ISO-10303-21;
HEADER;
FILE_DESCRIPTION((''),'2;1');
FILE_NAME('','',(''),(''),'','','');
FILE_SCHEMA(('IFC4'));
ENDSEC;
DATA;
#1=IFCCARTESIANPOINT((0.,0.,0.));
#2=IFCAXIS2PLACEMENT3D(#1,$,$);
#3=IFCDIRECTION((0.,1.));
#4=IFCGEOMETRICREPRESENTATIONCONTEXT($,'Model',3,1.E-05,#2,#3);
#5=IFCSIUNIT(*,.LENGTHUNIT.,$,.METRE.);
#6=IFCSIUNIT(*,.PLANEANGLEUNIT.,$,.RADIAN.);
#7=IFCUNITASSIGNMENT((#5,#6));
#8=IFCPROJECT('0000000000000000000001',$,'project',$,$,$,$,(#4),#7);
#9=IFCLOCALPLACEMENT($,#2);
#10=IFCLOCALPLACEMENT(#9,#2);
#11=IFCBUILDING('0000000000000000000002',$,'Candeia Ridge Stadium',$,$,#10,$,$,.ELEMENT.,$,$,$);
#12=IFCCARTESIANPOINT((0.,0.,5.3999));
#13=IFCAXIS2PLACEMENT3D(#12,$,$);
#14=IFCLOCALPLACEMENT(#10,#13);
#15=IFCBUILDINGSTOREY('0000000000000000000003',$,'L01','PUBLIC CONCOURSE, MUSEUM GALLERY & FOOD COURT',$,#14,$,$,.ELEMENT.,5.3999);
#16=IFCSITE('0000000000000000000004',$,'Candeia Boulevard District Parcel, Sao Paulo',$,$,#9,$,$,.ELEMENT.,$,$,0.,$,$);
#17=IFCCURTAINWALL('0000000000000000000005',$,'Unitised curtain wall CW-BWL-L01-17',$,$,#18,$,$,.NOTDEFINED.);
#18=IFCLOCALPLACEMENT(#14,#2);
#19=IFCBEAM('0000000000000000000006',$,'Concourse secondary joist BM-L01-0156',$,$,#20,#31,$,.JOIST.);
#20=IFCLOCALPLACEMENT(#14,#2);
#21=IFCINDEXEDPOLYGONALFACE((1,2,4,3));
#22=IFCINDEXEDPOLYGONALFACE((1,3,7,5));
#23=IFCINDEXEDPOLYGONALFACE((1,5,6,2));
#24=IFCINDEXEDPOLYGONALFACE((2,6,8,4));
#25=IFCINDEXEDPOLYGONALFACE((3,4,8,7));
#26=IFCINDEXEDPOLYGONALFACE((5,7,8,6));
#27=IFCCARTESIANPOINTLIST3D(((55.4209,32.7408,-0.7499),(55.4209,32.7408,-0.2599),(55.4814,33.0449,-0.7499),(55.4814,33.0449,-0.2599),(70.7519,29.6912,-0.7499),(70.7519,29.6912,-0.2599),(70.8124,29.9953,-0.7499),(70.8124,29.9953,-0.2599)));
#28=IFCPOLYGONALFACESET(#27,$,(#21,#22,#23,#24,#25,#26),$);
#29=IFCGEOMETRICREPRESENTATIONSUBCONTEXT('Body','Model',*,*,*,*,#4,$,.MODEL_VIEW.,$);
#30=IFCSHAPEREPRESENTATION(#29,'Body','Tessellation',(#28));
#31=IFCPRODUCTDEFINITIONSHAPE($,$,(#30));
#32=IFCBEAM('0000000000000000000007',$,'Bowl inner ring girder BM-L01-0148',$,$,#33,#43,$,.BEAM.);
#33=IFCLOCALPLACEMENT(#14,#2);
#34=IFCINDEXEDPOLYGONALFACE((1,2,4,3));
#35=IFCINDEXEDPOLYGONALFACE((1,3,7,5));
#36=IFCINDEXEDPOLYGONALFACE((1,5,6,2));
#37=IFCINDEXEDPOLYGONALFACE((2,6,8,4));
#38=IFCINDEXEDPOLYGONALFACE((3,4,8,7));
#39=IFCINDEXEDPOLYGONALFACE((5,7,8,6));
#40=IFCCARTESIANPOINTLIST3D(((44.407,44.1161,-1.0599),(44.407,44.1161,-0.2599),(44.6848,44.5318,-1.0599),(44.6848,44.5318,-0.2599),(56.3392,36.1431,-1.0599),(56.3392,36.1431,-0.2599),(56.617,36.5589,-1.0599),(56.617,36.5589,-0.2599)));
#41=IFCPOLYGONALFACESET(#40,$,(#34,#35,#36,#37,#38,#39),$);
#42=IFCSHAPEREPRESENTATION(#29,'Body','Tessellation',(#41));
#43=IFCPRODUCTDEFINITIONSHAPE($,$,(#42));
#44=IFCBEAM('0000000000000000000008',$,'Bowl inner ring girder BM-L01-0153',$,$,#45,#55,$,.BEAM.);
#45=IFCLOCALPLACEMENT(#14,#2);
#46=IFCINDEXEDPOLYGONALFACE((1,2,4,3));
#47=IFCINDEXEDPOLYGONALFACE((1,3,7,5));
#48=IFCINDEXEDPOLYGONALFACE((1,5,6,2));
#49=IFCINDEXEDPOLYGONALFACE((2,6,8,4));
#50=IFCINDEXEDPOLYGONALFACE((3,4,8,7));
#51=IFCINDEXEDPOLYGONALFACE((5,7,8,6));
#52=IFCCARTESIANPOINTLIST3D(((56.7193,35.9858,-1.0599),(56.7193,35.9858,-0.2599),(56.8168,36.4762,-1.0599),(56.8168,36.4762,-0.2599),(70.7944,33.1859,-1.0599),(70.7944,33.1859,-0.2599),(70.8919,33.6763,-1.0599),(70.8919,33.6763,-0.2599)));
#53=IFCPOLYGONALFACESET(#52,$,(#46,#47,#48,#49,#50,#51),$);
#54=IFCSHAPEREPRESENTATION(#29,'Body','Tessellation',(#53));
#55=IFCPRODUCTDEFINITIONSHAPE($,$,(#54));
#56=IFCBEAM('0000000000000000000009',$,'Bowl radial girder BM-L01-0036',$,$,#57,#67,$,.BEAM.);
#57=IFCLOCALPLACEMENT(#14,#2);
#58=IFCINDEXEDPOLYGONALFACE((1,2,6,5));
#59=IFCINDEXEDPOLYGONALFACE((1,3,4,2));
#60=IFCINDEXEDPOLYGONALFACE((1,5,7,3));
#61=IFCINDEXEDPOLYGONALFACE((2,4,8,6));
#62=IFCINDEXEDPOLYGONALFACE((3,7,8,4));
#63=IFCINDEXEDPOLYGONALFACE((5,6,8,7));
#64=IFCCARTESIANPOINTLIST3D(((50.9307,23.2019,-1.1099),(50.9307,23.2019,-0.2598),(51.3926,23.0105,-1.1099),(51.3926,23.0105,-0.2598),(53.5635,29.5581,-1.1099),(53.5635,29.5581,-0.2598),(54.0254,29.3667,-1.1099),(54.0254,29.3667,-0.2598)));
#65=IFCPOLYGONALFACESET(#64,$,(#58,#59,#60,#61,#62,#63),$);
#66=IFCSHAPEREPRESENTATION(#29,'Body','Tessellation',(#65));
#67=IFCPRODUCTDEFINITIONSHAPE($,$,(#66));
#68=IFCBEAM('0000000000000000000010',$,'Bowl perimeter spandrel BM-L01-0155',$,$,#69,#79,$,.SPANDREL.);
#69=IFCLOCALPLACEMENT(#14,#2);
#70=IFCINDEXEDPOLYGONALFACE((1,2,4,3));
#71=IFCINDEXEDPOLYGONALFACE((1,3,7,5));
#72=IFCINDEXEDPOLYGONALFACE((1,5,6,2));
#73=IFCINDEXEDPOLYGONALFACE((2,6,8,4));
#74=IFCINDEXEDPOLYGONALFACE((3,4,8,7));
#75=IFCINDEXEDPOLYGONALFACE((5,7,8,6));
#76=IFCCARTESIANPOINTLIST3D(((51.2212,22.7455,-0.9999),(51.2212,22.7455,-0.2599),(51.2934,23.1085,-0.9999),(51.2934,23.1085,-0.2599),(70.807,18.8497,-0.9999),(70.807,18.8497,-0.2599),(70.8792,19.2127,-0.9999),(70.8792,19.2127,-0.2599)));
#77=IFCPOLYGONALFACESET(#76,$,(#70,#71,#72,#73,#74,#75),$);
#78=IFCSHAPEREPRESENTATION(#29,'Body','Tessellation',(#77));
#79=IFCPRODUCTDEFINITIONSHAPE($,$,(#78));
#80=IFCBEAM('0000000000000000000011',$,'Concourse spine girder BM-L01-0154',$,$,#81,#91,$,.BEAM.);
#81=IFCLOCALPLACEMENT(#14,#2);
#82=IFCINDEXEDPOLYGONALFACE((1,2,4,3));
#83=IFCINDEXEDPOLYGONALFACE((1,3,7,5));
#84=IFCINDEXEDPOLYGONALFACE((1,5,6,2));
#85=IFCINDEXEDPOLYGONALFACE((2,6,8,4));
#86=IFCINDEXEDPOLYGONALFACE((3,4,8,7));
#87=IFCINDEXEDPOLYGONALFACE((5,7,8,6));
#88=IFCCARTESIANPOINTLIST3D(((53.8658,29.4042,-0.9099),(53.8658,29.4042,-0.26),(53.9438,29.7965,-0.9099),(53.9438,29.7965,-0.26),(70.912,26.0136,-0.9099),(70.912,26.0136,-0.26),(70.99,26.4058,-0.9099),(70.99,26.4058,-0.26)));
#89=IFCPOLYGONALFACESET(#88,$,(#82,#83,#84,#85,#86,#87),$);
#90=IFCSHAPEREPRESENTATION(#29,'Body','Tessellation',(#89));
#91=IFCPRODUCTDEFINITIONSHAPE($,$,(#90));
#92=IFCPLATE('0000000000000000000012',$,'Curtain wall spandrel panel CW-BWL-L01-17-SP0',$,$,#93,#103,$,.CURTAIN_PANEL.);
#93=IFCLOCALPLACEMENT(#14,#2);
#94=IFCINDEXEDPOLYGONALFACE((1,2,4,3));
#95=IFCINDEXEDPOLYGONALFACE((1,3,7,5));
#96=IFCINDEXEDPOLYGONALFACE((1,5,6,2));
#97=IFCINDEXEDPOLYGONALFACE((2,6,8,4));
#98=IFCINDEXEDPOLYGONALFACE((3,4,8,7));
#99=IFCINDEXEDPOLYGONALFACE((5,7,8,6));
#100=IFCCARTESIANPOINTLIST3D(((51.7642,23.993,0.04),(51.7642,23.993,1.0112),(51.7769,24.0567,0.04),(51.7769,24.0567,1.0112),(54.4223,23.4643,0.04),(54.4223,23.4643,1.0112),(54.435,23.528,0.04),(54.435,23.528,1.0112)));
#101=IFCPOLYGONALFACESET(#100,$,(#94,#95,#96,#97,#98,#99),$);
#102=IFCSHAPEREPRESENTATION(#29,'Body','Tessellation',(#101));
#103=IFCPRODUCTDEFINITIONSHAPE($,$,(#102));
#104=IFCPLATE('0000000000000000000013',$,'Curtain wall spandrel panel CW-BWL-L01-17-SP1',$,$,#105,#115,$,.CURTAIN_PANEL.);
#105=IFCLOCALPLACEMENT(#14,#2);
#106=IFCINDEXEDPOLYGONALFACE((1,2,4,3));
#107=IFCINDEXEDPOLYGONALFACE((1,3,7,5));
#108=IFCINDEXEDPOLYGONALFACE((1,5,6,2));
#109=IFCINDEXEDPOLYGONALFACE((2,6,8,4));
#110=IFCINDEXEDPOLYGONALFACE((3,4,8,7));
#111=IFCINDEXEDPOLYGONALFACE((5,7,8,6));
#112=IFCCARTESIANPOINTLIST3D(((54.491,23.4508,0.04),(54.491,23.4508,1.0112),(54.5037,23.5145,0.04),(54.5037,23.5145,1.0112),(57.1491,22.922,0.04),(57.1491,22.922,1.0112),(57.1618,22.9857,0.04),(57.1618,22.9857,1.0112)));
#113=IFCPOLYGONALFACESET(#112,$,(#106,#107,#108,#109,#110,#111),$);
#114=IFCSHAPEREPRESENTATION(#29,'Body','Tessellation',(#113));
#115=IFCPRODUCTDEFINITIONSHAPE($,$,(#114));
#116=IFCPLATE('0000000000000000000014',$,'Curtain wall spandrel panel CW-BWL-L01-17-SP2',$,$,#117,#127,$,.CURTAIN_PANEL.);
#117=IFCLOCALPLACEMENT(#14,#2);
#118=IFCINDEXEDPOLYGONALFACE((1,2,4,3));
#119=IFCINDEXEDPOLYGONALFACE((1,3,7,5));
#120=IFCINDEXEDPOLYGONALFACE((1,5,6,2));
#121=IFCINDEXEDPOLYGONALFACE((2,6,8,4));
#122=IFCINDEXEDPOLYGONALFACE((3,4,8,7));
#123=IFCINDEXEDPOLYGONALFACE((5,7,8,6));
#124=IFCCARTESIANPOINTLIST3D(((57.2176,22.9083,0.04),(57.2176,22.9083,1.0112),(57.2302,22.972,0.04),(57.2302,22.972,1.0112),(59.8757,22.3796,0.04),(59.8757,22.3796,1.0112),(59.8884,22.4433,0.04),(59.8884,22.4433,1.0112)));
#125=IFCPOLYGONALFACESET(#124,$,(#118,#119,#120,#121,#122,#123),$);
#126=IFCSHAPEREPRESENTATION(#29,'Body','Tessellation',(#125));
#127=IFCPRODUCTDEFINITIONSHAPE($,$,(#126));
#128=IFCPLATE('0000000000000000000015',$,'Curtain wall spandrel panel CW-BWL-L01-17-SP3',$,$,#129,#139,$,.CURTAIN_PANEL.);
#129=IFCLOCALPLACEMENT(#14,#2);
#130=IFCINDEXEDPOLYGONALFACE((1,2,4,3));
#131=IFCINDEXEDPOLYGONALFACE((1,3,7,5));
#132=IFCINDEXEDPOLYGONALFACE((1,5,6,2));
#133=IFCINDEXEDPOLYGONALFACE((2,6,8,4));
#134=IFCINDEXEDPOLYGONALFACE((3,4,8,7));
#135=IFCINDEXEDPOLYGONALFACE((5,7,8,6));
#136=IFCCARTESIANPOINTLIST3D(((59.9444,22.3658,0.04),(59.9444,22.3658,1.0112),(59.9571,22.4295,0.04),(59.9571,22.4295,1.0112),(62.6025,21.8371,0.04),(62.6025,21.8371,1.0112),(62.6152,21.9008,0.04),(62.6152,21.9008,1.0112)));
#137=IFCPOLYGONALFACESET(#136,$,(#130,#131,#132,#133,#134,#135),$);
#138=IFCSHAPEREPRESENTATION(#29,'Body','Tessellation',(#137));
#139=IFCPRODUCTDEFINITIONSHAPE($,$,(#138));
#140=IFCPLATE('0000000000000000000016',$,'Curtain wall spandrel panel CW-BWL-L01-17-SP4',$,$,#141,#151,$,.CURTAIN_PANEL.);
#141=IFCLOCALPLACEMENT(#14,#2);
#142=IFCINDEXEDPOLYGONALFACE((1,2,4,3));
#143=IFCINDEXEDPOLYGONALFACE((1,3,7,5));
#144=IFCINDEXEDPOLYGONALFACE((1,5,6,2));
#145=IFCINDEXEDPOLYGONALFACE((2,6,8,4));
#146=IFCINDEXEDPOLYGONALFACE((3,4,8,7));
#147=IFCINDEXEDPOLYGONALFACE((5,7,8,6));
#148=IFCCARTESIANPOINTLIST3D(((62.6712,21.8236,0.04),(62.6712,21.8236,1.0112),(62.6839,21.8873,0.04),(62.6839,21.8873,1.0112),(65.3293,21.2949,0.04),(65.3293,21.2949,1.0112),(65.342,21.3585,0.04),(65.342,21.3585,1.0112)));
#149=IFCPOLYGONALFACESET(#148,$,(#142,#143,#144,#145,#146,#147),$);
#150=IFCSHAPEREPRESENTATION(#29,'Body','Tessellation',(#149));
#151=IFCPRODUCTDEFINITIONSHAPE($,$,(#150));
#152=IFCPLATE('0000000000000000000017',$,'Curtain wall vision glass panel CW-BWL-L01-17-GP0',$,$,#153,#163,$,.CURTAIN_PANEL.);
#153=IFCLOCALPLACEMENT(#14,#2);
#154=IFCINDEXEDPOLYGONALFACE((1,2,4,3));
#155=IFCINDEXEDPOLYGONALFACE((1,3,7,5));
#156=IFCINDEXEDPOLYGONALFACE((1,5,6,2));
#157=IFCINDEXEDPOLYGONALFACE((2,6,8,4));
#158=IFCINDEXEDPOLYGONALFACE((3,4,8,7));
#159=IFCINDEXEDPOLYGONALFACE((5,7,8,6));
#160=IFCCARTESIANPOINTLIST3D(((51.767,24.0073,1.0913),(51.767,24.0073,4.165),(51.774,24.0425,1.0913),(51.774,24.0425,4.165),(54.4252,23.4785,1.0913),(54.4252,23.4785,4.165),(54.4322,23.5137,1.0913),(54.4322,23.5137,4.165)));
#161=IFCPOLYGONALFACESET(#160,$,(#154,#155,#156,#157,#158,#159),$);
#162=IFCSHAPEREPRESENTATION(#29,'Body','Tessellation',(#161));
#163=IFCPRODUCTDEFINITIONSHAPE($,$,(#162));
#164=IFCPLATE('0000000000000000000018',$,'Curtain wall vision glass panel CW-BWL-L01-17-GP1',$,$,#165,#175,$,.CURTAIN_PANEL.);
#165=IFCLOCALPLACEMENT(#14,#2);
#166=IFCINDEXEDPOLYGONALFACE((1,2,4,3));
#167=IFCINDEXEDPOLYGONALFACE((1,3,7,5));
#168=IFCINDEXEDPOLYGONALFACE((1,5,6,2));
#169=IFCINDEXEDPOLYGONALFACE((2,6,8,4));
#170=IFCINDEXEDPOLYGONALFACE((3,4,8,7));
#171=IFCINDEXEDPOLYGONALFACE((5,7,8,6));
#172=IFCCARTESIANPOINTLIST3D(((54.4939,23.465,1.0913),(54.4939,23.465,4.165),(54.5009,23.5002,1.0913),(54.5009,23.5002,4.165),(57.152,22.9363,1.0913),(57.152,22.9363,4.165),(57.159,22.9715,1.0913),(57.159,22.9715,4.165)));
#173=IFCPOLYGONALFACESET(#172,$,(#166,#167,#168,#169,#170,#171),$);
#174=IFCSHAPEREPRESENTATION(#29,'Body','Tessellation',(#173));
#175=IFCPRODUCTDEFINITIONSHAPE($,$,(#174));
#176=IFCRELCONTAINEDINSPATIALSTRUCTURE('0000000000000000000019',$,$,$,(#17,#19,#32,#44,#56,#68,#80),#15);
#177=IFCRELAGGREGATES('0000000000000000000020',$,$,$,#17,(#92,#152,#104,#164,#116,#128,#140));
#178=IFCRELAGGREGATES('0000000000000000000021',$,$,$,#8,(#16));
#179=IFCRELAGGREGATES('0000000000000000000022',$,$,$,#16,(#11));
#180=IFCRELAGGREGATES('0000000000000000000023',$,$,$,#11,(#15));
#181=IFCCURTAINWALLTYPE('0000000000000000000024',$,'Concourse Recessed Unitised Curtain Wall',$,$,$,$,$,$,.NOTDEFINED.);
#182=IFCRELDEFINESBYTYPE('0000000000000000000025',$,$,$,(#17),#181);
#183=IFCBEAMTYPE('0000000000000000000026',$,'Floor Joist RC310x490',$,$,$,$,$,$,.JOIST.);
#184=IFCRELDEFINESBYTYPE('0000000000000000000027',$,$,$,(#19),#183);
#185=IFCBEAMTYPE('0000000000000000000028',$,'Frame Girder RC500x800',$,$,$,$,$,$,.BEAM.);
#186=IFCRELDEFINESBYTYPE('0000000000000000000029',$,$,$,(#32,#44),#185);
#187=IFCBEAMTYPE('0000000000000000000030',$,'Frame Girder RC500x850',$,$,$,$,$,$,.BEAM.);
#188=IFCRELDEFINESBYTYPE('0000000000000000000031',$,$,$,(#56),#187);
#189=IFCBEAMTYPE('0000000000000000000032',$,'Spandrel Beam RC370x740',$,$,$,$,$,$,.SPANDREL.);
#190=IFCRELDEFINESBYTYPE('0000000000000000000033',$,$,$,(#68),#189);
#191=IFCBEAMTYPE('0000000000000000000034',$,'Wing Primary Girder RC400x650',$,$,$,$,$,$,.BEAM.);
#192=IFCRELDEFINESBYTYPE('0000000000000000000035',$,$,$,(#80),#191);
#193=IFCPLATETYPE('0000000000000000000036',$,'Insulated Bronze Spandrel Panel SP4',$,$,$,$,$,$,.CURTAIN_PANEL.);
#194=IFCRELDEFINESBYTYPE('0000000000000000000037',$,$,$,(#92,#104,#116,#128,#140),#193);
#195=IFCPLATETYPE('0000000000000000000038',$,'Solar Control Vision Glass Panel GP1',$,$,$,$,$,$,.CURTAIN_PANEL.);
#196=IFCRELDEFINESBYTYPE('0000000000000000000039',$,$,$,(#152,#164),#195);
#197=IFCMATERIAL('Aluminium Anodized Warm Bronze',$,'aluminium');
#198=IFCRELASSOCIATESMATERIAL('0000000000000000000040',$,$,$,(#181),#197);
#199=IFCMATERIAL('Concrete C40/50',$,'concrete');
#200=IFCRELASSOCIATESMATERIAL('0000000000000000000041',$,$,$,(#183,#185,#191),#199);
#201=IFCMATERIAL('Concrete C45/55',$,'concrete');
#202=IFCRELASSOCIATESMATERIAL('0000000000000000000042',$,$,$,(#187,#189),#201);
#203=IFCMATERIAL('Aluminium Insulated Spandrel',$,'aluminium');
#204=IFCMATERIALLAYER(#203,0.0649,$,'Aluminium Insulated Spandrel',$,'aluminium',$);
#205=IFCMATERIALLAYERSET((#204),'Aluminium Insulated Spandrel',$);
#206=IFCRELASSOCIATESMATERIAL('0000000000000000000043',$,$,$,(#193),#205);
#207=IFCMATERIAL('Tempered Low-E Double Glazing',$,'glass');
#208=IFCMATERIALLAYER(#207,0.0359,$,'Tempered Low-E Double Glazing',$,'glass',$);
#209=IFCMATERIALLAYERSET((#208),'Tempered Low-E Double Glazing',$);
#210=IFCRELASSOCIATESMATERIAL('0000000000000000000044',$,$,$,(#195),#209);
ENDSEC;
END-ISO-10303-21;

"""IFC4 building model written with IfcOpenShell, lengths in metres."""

from ifc_helpers import new_model, si_unit, direction, frame, origin, origin_2d, place, context, subcontext, project, spatial, rectangle, extrude, material, layer, layer_set, material_profile, profile_set, type_object, element, aggregate, save


model = new_model("IFC4")

# Units and contexts
model_context = context("Model", 3, precision=1e-05, world=origin(), true_north=direction((0.0, 1.0)))
body_context = subcontext(model_context, "Body", "Model", "MODEL_VIEW")
ifc_project = project(units=[si_unit("LENGTHUNIT", "METRE"), si_unit("PLANEANGLEUNIT", "RADIAN")], contexts=[model_context])

# Site, building, storey
site_placement = place(None, origin())
site = spatial("IfcSite", under=ifc_project, at=site_placement, Name="Candeia Boulevard District Parcel, Sao Paulo", CompositionType="ELEMENT", RefElevation=0.0)
building_placement = place(site_placement, origin())
building = spatial("IfcBuilding", under=site, at=building_placement, Name="Candeia Ridge Stadium", CompositionType="ELEMENT")
storey_placement = place(building_placement, frame((0.0, 0.0, 5.3999)))
storey = spatial("IfcBuildingStorey", under=building, at=storey_placement, Name="L01", Description="PUBLIC CONCOURSE, MUSEUM GALLERY & FOOD COURT", CompositionType="ELEMENT", Elevation=5.3999)

# Shared definitions
ifc_material_1 = material(Name="Concrete C40/50", Category="concrete")
ifc_material_2 = material(Name="Concrete C45/55", Category="concrete")

# Curtain wall
ifc_material_3 = material(Name="Aluminium Anodized Warm Bronze", Category="aluminium")
curtain_wall_type = type_object("IfcCurtainWallType", Name="Concourse Recessed Unitised Curtain Wall", PredefinedType="NOTDEFINED", material=ifc_material_3)
curtain_wall_placement = place(storey_placement, origin())
curtain_wall = element("IfcCurtainWall", 1, at=curtain_wall_placement, inside=storey, type_object=curtain_wall_type, Name="Unitised curtain wall CW-BWL-L01-17", PredefinedType="NOTDEFINED")

# Beams
ifc_material_profile_1 = material_profile(ifc_material_1, rectangle(XDim=0.3101, YDim=0.49, at=origin_2d()), Name="RC310x490", Category="concrete")
ifc_profile_set_1 = profile_set([ifc_material_profile_1], Name="Concrete C40/50")
beam_type_1 = type_object("IfcBeamType", Name="Floor Joist RC310x490", PredefinedType="JOIST", material=ifc_profile_set_1)
beam_1_placement = place(storey_placement, frame((55.4512, 32.8928, -0.5049), z_axis=(0.980785, -0.195092, 0.0), x_axis=(0.195092, 0.980785, 0.0)))
element("IfcBeam", 2, at=beam_1_placement, inside=storey, type_object=beam_type_1, Name="Concourse secondary joist BM-L01-0156", PredefinedType="JOIST", context=body_context, shape_type="SweptSolid", body=[
    extrude(rectangle(XDim=0.3101, YDim=0.49, at=origin_2d()), origin(), (0.0, 0.0, 1.0), 15.6313),
])
ifc_material_profile_2 = material_profile(ifc_material_1, rectangle(XDim=0.5, YDim=0.8, at=origin_2d()), Name="RC500x800", Category="concrete")
ifc_profile_set_2 = profile_set([ifc_material_profile_2], Name="Concrete C40/50")
beam_type_2 = type_object("IfcBeamType", Name="Frame Girder RC500x800", PredefinedType="BEAM", material=ifc_profile_set_2)
for number, where, z_axis, x_axis, name in (
    (3, (44.5459, 44.324, -0.6599), (0.831466, -0.555575, 0.0), (0.555575, 0.831466, 0.0), "Bowl inner ring girder BM-L01-0148"),
    (4, (56.7681, 36.231, -0.6599), (0.980784, -0.195099, 0.0), (0.195099, 0.980784, 0.0), "Bowl inner ring girder BM-L01-0153"),
):
    element("IfcBeam", number, at=place(storey_placement, frame(where, z_axis=z_axis, x_axis=x_axis)), inside=storey, type_object=beam_type_2, Name=name, PredefinedType="BEAM", context=body_context, shape_type="SweptSolid", body=[
        extrude(rectangle(XDim=0.5, YDim=0.8, at=origin_2d()), origin(), (0.0, 0.0, 1.0), 14.3508),
    ])
ifc_material_profile_3 = material_profile(ifc_material_2, rectangle(XDim=0.5, YDim=0.8501, at=origin_2d()), Name="RC500x850", Category="concrete")
ifc_profile_set_3 = profile_set([ifc_material_profile_3], Name="Concrete C45/55")
beam_type_3 = type_object("IfcBeamType", Name="Frame Girder RC500x850", PredefinedType="BEAM", material=ifc_profile_set_3)
beam_2_placement = place(storey_placement, frame((53.7944, 29.4624, -0.6848), z_axis=(-0.382682, -0.92388, 0.0), x_axis=(0.92388, -0.382682, 0.0)))
element("IfcBeam", 5, at=beam_2_placement, inside=storey, type_object=beam_type_3, Name="Bowl radial girder BM-L01-0036", PredefinedType="BEAM", context=body_context, shape_type="SweptSolid", body=[
    extrude(rectangle(XDim=0.5, YDim=0.8501, at=origin_2d()), origin(), (0.0, 0.0, 1.0), 6.8799),
])
ifc_material_profile_4 = material_profile(ifc_material_2, rectangle(XDim=0.3701, YDim=0.74, at=origin_2d()), Name="RC370x740", Category="concrete")
ifc_profile_set_4 = profile_set([ifc_material_profile_4], Name="Concrete C45/55")
beam_type_4 = type_object("IfcBeamType", Name="Spandrel Beam RC370x740", PredefinedType="SPANDREL", material=ifc_profile_set_4)
beam_3_placement = place(storey_placement, frame((51.2573, 22.927, -0.6299), z_axis=(0.980786, -0.195086, 0.0), x_axis=(0.195086, 0.980786, 0.0)))
element("IfcBeam", 6, at=beam_3_placement, inside=storey, type_object=beam_type_4, Name="Bowl perimeter spandrel BM-L01-0155", PredefinedType="SPANDREL", context=body_context, shape_type="SweptSolid", body=[
    extrude(rectangle(XDim=0.3701, YDim=0.74, at=origin_2d()), origin(), (0.0, 0.0, 1.0), 19.9695),
])
ifc_material_profile_5 = material_profile(ifc_material_1, rectangle(XDim=0.3999, YDim=0.6499, at=origin_2d()), Name="RC400x650", Category="concrete")
ifc_profile_set_5 = profile_set([ifc_material_profile_5], Name="Concrete C40/50")
beam_type_5 = type_object("IfcBeamType", Name="Wing Primary Girder RC400x650", PredefinedType="BEAM", material=ifc_profile_set_5)
beam_4_placement = place(storey_placement, frame((53.9048, 29.6003, -0.585), z_axis=(0.980786, -0.195087, 0.0), x_axis=(0.195087, 0.980786, 0.0)))
element("IfcBeam", 7, at=beam_4_placement, inside=storey, type_object=beam_type_5, Name="Concourse spine girder BM-L01-0154", PredefinedType="BEAM", context=body_context, shape_type="SweptSolid", body=[
    extrude(rectangle(XDim=0.3999, YDim=0.6499, at=origin_2d()), origin(), (0.0, 0.0, 1.0), 17.3801),
])

# Plates
ifc_material_4 = material(Name="Aluminium Insulated Spandrel", Category="aluminium")
ifc_layer_1 = layer(ifc_material_4, 0.0649, Name="Aluminium Insulated Spandrel", Category="aluminium")
ifc_layer_set_1 = layer_set([ifc_layer_1], Name="Aluminium Insulated Spandrel")
plate_type_1 = type_object("IfcPlateType", Name="Insulated Bronze Spandrel Panel SP4", PredefinedType="CURTAIN_PANEL", material=ifc_layer_set_1)
plate_1_placement = place(storey_placement, frame((53.0996, 23.7605, 0.04), z_axis=(0.0, 0.0, 1.0), x_axis=(0.980785, -0.19509, 0.0)))
plate_1 = element("IfcPlate", 8, at=plate_1_placement, type_object=plate_type_1, Name="Curtain wall spandrel panel CW-BWL-L01-17-SP0", PredefinedType="CURTAIN_PANEL", context=body_context, shape_type="SweptSolid", body=[
    extrude(rectangle(XDim=2.7102, YDim=0.0649, at=origin_2d()), origin(), (0.0, 0.0, 1.0), 0.9712),
])
plate_2_placement = place(storey_placement, frame((55.8264, 23.2183, 0.04), z_axis=(0.0, 0.0, 1.0), x_axis=(0.980785, -0.19509, 0.0)))
plate_2 = element("IfcPlate", 9, at=plate_2_placement, type_object=plate_type_1, Name="Curtain wall spandrel panel CW-BWL-L01-17-SP1", PredefinedType="CURTAIN_PANEL", context=body_context, shape_type="SweptSolid", body=[
    extrude(rectangle(XDim=2.7102, YDim=0.0649, at=origin_2d()), origin(), (0.0, 0.0, 1.0), 0.9712),
])
plate_3_placement = place(storey_placement, frame((58.553, 22.6758, 0.04), z_axis=(0.0, 0.0, 1.0), x_axis=(0.980785, -0.19509, 0.0)))
plate_3 = element("IfcPlate", 10, at=plate_3_placement, type_object=plate_type_1, Name="Curtain wall spandrel panel CW-BWL-L01-17-SP2", PredefinedType="CURTAIN_PANEL", context=body_context, shape_type="SweptSolid", body=[
    extrude(rectangle(XDim=2.7102, YDim=0.0649, at=origin_2d()), origin(), (0.0, 0.0, 1.0), 0.9712),
])
plate_4_placement = place(storey_placement, frame((61.2798, 22.1333, 0.04), z_axis=(0.0, 0.0, 1.0), x_axis=(0.980785, -0.19509, 0.0)))
plate_4 = element("IfcPlate", 11, at=plate_4_placement, type_object=plate_type_1, Name="Curtain wall spandrel panel CW-BWL-L01-17-SP3", PredefinedType="CURTAIN_PANEL", context=body_context, shape_type="SweptSolid", body=[
    extrude(rectangle(XDim=2.7102, YDim=0.0649, at=origin_2d()), origin(), (0.0, 0.0, 1.0), 0.9712),
])
plate_5_placement = place(storey_placement, frame((64.0066, 21.5911, 0.04), z_axis=(0.0, 0.0, 1.0), x_axis=(0.980785, -0.19509, 0.0)))
plate_5 = element("IfcPlate", 12, at=plate_5_placement, type_object=plate_type_1, Name="Curtain wall spandrel panel CW-BWL-L01-17-SP4", PredefinedType="CURTAIN_PANEL", context=body_context, shape_type="SweptSolid", body=[
    extrude(rectangle(XDim=2.7102, YDim=0.0649, at=origin_2d()), origin(), (0.0, 0.0, 1.0), 0.9712),
])
ifc_material_5 = material(Name="Tempered Low-E Double Glazing", Category="glass")
ifc_layer_2 = layer(ifc_material_5, 0.0359, Name="Tempered Low-E Double Glazing", Category="glass")
ifc_layer_set_2 = layer_set([ifc_layer_2], Name="Tempered Low-E Double Glazing")
plate_type_2 = type_object("IfcPlateType", Name="Solar Control Vision Glass Panel GP1", PredefinedType="CURTAIN_PANEL", material=ifc_layer_set_2)
plate_6_placement = place(storey_placement, frame((53.0996, 23.7605, 1.0913), z_axis=(0.0, 0.0, 1.0), x_axis=(0.980785, -0.19509, 0.0)))
plate_6 = element("IfcPlate", 13, at=plate_6_placement, type_object=plate_type_2, Name="Curtain wall vision glass panel CW-BWL-L01-17-GP0", PredefinedType="CURTAIN_PANEL", context=body_context, shape_type="SweptSolid", body=[
    extrude(rectangle(XDim=2.7102, YDim=0.0359, at=origin_2d()), origin(), (0.0, 0.0, 1.0), 3.0737),
])
plate_7_placement = place(storey_placement, frame((55.8264, 23.2183, 1.0913), z_axis=(0.0, 0.0, 1.0), x_axis=(0.980785, -0.19509, 0.0)))
plate_7 = element("IfcPlate", 14, at=plate_7_placement, type_object=plate_type_2, Name="Curtain wall vision glass panel CW-BWL-L01-17-GP1", PredefinedType="CURTAIN_PANEL", context=body_context, shape_type="SweptSolid", body=[
    extrude(rectangle(XDim=2.7102, YDim=0.0359, at=origin_2d()), origin(), (0.0, 0.0, 1.0), 3.0737),
])
aggregate(curtain_wall, [plate_1, plate_6, plate_2, plate_7, plate_3, plate_4, plate_5])

save(model, "model.ifc")
